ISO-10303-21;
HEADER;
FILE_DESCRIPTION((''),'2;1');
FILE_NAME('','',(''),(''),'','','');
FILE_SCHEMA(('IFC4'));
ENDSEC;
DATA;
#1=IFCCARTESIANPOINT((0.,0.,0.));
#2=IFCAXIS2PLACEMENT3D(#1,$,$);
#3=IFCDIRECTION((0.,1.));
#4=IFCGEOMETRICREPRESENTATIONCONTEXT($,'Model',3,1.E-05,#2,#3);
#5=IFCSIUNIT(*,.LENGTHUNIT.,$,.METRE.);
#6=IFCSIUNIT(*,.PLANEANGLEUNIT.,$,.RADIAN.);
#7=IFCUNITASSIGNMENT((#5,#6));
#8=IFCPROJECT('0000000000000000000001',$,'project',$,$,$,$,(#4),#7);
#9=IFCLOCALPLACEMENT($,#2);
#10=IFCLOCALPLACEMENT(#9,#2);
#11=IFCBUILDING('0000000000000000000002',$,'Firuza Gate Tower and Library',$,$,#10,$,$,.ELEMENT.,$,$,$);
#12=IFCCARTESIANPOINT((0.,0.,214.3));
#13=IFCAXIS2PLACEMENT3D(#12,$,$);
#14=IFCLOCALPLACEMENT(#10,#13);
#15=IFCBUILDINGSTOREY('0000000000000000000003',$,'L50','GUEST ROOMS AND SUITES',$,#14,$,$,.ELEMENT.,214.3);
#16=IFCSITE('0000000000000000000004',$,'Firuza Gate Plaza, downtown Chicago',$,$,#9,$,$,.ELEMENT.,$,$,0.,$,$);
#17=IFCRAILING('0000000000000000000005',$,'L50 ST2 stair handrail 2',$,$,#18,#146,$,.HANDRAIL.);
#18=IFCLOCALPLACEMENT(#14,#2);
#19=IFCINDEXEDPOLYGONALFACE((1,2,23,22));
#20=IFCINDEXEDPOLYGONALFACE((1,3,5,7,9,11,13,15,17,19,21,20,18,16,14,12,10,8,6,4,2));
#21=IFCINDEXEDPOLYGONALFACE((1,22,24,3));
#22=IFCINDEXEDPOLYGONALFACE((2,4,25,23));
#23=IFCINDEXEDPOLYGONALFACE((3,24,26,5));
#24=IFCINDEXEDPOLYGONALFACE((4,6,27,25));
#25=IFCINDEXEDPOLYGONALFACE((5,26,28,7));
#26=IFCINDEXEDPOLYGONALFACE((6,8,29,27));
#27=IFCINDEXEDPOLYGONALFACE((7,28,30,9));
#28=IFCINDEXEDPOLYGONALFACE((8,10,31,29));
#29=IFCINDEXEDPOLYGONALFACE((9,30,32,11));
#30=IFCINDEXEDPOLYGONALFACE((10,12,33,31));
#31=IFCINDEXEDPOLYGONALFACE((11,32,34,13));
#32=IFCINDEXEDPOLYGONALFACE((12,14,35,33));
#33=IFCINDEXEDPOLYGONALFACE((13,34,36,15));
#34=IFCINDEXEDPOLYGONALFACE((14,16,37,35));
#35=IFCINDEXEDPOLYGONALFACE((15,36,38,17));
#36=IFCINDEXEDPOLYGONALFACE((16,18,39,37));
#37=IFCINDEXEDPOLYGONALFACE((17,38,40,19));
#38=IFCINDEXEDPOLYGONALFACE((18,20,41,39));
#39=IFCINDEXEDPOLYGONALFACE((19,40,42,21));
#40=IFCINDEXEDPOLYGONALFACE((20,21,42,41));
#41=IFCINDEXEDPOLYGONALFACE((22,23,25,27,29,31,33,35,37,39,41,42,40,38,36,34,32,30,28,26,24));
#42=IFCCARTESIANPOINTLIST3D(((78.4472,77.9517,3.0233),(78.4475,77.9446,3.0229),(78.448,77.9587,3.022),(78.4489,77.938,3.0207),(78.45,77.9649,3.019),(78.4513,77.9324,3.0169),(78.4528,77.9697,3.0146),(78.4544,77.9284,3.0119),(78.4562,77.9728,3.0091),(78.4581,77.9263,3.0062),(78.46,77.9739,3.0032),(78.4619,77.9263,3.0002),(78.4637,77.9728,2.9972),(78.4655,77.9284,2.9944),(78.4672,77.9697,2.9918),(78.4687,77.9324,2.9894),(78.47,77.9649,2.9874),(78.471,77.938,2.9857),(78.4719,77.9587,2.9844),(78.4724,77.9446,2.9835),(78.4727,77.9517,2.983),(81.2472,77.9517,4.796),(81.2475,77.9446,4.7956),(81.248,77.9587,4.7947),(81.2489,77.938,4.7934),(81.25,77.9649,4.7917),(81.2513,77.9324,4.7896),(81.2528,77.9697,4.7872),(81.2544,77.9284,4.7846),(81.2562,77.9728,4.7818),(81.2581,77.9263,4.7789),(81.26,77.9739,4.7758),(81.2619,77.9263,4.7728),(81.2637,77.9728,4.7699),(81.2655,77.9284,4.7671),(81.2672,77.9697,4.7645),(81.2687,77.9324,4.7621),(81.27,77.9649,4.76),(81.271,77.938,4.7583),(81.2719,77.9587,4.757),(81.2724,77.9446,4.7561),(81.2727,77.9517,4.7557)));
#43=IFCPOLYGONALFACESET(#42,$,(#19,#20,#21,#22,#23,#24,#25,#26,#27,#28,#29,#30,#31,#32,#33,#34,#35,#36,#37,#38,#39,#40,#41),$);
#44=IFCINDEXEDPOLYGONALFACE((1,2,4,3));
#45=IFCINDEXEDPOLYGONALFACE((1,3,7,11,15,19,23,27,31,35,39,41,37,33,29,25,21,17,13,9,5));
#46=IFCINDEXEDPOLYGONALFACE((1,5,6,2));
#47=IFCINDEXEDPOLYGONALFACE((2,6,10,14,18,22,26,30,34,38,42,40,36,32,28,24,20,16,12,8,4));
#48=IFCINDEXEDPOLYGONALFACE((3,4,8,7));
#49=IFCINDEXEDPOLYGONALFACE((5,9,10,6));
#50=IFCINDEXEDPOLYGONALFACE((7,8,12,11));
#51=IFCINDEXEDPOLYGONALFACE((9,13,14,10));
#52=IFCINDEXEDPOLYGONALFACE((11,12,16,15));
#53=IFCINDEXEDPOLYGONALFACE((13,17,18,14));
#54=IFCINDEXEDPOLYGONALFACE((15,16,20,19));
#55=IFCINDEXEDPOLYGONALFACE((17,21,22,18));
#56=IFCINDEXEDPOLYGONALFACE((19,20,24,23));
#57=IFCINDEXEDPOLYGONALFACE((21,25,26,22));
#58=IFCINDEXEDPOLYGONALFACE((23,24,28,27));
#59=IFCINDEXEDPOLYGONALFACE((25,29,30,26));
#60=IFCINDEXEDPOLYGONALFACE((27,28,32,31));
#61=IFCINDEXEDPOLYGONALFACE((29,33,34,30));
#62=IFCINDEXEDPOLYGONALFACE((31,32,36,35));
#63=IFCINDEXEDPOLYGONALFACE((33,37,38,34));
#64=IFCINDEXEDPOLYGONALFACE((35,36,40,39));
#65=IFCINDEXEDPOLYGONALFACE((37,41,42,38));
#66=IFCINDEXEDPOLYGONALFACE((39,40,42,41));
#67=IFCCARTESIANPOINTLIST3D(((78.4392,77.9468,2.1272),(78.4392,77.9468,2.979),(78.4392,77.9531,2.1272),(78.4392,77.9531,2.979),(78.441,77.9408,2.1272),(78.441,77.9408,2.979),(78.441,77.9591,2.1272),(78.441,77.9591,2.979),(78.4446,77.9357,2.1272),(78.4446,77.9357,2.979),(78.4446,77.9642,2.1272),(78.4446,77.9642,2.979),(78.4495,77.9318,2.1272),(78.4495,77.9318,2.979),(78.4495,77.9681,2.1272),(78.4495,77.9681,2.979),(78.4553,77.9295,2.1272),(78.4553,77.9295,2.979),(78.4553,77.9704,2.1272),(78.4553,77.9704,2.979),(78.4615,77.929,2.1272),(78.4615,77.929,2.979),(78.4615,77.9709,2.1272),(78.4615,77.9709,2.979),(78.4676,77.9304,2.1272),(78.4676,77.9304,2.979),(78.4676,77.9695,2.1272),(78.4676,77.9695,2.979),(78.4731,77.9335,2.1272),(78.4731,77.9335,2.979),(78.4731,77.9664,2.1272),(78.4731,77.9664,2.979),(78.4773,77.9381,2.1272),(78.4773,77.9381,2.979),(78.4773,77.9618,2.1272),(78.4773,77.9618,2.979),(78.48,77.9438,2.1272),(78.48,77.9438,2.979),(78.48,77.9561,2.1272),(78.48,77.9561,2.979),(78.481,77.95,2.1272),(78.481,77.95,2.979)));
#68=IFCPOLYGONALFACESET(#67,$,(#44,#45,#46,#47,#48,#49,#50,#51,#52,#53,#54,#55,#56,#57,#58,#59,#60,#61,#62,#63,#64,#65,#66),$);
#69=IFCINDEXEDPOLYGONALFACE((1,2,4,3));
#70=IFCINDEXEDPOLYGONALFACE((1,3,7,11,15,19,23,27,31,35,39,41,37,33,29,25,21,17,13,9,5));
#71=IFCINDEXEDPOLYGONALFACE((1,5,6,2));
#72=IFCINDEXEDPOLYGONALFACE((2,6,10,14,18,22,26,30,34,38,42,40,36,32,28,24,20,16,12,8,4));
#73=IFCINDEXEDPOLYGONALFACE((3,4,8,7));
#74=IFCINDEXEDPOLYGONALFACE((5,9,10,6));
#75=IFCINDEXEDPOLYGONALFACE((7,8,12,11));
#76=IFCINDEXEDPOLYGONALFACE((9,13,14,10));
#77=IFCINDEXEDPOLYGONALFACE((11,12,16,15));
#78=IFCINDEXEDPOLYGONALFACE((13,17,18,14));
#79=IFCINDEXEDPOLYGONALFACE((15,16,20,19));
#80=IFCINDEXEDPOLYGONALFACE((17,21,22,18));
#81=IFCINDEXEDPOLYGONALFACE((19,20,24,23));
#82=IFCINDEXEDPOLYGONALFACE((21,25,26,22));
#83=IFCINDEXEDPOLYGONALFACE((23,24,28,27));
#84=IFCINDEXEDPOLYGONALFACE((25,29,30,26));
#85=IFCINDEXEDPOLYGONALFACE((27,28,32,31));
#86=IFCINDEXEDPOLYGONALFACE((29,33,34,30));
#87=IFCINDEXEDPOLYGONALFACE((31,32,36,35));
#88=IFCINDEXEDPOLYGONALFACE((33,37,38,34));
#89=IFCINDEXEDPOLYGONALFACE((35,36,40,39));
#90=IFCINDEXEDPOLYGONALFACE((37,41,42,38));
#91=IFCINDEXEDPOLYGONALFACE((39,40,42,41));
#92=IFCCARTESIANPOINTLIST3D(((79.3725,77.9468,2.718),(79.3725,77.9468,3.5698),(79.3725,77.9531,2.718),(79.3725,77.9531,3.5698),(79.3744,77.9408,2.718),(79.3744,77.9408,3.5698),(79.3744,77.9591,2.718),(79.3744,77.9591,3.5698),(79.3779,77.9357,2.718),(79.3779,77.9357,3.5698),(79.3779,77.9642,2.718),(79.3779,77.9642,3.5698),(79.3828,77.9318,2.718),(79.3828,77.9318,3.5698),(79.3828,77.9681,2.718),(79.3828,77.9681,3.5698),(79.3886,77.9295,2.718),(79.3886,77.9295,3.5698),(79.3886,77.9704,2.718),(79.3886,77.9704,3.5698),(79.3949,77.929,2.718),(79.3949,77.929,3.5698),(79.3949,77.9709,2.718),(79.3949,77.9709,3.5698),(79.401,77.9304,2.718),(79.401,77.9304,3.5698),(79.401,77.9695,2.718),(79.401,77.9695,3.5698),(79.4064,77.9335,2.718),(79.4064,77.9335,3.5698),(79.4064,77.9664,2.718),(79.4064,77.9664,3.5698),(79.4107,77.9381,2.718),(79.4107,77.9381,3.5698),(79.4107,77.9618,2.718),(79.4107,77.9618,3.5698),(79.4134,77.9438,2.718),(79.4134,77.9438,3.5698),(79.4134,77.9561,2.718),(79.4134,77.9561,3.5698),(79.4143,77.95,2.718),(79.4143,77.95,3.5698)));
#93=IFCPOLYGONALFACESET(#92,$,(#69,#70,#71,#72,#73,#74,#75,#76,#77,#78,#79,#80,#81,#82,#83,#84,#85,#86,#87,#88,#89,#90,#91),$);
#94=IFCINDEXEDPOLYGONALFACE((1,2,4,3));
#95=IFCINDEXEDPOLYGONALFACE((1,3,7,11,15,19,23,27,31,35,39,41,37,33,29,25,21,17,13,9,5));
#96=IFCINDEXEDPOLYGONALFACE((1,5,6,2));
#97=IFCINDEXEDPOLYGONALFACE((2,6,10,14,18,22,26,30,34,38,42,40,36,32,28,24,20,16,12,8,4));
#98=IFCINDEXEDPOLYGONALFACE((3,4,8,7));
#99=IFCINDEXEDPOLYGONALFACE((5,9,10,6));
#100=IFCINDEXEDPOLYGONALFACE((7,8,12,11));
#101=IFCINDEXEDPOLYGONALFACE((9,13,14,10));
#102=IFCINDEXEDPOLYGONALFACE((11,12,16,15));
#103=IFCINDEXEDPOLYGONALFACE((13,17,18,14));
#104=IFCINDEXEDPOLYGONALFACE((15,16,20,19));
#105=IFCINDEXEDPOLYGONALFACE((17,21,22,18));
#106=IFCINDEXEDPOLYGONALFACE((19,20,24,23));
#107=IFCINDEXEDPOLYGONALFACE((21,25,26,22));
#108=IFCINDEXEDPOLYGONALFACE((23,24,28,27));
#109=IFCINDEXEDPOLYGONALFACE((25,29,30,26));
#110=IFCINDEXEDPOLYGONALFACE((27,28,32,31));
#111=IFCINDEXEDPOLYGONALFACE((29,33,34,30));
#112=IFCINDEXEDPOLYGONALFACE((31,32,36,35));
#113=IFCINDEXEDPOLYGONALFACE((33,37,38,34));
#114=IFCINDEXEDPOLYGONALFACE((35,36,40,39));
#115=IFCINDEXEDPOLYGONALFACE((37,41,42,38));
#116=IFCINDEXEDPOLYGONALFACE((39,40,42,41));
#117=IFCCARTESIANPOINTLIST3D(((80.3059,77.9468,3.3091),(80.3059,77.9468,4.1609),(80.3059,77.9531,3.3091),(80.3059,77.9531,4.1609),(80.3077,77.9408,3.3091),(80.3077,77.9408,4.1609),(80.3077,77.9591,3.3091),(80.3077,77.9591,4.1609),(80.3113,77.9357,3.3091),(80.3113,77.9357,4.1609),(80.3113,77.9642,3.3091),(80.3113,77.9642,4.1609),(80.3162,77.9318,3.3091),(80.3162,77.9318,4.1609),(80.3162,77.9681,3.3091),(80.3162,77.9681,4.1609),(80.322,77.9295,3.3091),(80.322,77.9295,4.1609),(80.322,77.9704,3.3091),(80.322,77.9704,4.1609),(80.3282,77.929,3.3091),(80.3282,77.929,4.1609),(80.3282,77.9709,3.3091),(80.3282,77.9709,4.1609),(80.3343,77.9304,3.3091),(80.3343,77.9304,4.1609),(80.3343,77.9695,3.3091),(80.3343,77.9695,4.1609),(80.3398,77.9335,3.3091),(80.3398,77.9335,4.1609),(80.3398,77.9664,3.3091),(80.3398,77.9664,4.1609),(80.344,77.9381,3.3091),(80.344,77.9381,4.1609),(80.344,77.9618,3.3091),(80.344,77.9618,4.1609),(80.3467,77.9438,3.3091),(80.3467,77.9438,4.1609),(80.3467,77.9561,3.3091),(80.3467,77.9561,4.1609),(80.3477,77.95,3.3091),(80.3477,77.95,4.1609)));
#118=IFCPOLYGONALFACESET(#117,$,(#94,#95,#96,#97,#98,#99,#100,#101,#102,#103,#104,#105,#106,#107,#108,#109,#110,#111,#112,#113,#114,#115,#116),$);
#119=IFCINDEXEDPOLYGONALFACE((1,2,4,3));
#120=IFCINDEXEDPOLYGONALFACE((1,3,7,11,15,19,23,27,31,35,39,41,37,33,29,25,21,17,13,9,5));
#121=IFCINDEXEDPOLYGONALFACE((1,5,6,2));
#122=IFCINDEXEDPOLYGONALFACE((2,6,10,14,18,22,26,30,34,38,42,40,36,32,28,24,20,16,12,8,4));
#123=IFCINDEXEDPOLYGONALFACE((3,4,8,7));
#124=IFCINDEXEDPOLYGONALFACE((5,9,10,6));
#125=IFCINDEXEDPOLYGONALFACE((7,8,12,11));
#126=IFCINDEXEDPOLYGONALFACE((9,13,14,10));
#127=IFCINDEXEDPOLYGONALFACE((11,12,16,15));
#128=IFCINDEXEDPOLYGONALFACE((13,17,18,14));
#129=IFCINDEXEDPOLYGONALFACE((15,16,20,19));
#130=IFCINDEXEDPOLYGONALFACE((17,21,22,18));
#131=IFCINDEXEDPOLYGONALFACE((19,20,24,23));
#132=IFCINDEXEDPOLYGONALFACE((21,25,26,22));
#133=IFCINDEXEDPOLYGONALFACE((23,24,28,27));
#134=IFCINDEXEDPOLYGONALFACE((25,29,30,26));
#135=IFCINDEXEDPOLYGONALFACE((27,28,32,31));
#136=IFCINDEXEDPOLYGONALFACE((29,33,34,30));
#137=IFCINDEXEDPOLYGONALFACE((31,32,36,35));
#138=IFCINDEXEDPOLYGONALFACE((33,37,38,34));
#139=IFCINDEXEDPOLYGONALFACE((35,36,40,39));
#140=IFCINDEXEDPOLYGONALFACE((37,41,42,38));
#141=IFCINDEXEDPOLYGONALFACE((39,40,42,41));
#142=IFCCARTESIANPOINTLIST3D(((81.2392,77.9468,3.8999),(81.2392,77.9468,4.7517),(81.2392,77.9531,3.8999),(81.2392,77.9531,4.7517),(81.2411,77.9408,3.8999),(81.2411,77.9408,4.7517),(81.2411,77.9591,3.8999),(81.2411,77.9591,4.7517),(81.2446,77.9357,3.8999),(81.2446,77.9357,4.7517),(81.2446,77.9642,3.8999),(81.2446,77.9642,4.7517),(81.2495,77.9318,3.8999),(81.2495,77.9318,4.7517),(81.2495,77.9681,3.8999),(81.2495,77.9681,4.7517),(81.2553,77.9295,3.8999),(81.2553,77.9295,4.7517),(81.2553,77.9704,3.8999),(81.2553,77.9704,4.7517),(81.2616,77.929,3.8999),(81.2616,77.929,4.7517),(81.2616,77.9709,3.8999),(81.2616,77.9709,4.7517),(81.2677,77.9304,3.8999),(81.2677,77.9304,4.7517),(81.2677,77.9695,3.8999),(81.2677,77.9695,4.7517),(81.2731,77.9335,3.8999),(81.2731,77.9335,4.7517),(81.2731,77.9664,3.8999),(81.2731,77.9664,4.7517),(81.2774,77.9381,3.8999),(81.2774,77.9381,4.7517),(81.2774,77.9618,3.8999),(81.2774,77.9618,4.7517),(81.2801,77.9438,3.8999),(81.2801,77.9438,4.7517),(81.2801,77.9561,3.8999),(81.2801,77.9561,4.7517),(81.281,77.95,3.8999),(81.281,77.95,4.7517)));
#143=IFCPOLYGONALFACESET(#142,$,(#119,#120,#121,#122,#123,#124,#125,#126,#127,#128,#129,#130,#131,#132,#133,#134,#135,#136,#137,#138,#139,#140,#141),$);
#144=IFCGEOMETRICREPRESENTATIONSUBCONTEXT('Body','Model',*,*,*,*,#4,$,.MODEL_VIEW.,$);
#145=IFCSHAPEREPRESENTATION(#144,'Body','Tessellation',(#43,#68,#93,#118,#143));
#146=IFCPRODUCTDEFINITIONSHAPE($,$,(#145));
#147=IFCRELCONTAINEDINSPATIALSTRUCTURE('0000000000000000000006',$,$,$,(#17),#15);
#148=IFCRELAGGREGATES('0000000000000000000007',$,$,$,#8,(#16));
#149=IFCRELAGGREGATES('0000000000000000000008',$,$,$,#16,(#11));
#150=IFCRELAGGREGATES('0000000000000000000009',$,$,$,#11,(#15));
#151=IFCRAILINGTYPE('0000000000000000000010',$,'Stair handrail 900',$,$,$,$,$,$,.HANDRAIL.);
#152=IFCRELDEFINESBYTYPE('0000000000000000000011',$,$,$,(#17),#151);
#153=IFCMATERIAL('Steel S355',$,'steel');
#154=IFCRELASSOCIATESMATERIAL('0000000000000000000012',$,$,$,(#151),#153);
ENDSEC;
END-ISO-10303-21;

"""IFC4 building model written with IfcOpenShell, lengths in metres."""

from ifc_helpers import new_model, si_unit, direction, frame, origin, origin_2d, place, context, subcontext, project, spatial, circle, extrude, material, type_object, element, save


model = new_model("IFC4")

# Units and contexts
model_context = context("Model", 3, precision=1e-05, world=origin(), true_north=direction((0.0, 1.0)))
body_context = subcontext(model_context, "Body", "Model", "MODEL_VIEW")
ifc_project = project(units=[si_unit("LENGTHUNIT", "METRE"), si_unit("PLANEANGLEUNIT", "RADIAN")], contexts=[model_context])

# Site, building, storey
site_placement = place(None, origin())
site = spatial("IfcSite", under=ifc_project, at=site_placement, Name="Firuza Gate Plaza, downtown Chicago", CompositionType="ELEMENT", RefElevation=0.0)
building_placement = place(site_placement, origin())
building = spatial("IfcBuilding", under=site, at=building_placement, Name="Firuza Gate Tower and Library", CompositionType="ELEMENT")
storey_placement = place(building_placement, frame((0.0, 0.0, 214.3)))
storey = spatial("IfcBuildingStorey", under=building, at=storey_placement, Name="L50", Description="GUEST ROOMS AND SUITES", CompositionType="ELEMENT", Elevation=214.3)

# Railing
ifc_material_1 = material(Name="Steel S355", Category="steel")
railing_type_1 = type_object("IfcRailingType", Name="Stair handrail 900", PredefinedType="HANDRAIL", material=ifc_material_1)
railing_1_placement = place(storey_placement, frame((78.46, 77.95, 2.1272)))
element("IfcRailing", 1, at=railing_1_placement, inside=storey, type_object=railing_type_1, Name="L50 ST2 stair handrail 2", PredefinedType="HANDRAIL", context=body_context, shape_type="SweptSolid", body=[
    extrude(circle(Radius=0.0239, at=origin_2d()), frame((0.0, 0.0, 0.876), z_axis=(0.844909, 0.0, 0.53491), x_axis=(0.0, 1.0, 0.0)), (0.0, 0.0, 1.0), 3.314),
    extrude(circle(Radius=0.021, at=origin_2d()), origin(), (0.0, 0.0, 1.0), 0.8518),
    extrude(circle(Radius=0.021, at=origin_2d()), frame((0.9333, 0.0, 0.5908)), (0.0, 0.0, 1.0), 0.8518),
    extrude(circle(Radius=0.021, at=origin_2d()), frame((1.8667, 0.0, 1.1819)), (0.0, 0.0, 1.0), 0.8518),
    extrude(circle(Radius=0.021, at=origin_2d()), frame((2.8, 0.0, 1.7727)), (0.0, 0.0, 1.0), 0.8518),
])

save(model, "model.ifc")
